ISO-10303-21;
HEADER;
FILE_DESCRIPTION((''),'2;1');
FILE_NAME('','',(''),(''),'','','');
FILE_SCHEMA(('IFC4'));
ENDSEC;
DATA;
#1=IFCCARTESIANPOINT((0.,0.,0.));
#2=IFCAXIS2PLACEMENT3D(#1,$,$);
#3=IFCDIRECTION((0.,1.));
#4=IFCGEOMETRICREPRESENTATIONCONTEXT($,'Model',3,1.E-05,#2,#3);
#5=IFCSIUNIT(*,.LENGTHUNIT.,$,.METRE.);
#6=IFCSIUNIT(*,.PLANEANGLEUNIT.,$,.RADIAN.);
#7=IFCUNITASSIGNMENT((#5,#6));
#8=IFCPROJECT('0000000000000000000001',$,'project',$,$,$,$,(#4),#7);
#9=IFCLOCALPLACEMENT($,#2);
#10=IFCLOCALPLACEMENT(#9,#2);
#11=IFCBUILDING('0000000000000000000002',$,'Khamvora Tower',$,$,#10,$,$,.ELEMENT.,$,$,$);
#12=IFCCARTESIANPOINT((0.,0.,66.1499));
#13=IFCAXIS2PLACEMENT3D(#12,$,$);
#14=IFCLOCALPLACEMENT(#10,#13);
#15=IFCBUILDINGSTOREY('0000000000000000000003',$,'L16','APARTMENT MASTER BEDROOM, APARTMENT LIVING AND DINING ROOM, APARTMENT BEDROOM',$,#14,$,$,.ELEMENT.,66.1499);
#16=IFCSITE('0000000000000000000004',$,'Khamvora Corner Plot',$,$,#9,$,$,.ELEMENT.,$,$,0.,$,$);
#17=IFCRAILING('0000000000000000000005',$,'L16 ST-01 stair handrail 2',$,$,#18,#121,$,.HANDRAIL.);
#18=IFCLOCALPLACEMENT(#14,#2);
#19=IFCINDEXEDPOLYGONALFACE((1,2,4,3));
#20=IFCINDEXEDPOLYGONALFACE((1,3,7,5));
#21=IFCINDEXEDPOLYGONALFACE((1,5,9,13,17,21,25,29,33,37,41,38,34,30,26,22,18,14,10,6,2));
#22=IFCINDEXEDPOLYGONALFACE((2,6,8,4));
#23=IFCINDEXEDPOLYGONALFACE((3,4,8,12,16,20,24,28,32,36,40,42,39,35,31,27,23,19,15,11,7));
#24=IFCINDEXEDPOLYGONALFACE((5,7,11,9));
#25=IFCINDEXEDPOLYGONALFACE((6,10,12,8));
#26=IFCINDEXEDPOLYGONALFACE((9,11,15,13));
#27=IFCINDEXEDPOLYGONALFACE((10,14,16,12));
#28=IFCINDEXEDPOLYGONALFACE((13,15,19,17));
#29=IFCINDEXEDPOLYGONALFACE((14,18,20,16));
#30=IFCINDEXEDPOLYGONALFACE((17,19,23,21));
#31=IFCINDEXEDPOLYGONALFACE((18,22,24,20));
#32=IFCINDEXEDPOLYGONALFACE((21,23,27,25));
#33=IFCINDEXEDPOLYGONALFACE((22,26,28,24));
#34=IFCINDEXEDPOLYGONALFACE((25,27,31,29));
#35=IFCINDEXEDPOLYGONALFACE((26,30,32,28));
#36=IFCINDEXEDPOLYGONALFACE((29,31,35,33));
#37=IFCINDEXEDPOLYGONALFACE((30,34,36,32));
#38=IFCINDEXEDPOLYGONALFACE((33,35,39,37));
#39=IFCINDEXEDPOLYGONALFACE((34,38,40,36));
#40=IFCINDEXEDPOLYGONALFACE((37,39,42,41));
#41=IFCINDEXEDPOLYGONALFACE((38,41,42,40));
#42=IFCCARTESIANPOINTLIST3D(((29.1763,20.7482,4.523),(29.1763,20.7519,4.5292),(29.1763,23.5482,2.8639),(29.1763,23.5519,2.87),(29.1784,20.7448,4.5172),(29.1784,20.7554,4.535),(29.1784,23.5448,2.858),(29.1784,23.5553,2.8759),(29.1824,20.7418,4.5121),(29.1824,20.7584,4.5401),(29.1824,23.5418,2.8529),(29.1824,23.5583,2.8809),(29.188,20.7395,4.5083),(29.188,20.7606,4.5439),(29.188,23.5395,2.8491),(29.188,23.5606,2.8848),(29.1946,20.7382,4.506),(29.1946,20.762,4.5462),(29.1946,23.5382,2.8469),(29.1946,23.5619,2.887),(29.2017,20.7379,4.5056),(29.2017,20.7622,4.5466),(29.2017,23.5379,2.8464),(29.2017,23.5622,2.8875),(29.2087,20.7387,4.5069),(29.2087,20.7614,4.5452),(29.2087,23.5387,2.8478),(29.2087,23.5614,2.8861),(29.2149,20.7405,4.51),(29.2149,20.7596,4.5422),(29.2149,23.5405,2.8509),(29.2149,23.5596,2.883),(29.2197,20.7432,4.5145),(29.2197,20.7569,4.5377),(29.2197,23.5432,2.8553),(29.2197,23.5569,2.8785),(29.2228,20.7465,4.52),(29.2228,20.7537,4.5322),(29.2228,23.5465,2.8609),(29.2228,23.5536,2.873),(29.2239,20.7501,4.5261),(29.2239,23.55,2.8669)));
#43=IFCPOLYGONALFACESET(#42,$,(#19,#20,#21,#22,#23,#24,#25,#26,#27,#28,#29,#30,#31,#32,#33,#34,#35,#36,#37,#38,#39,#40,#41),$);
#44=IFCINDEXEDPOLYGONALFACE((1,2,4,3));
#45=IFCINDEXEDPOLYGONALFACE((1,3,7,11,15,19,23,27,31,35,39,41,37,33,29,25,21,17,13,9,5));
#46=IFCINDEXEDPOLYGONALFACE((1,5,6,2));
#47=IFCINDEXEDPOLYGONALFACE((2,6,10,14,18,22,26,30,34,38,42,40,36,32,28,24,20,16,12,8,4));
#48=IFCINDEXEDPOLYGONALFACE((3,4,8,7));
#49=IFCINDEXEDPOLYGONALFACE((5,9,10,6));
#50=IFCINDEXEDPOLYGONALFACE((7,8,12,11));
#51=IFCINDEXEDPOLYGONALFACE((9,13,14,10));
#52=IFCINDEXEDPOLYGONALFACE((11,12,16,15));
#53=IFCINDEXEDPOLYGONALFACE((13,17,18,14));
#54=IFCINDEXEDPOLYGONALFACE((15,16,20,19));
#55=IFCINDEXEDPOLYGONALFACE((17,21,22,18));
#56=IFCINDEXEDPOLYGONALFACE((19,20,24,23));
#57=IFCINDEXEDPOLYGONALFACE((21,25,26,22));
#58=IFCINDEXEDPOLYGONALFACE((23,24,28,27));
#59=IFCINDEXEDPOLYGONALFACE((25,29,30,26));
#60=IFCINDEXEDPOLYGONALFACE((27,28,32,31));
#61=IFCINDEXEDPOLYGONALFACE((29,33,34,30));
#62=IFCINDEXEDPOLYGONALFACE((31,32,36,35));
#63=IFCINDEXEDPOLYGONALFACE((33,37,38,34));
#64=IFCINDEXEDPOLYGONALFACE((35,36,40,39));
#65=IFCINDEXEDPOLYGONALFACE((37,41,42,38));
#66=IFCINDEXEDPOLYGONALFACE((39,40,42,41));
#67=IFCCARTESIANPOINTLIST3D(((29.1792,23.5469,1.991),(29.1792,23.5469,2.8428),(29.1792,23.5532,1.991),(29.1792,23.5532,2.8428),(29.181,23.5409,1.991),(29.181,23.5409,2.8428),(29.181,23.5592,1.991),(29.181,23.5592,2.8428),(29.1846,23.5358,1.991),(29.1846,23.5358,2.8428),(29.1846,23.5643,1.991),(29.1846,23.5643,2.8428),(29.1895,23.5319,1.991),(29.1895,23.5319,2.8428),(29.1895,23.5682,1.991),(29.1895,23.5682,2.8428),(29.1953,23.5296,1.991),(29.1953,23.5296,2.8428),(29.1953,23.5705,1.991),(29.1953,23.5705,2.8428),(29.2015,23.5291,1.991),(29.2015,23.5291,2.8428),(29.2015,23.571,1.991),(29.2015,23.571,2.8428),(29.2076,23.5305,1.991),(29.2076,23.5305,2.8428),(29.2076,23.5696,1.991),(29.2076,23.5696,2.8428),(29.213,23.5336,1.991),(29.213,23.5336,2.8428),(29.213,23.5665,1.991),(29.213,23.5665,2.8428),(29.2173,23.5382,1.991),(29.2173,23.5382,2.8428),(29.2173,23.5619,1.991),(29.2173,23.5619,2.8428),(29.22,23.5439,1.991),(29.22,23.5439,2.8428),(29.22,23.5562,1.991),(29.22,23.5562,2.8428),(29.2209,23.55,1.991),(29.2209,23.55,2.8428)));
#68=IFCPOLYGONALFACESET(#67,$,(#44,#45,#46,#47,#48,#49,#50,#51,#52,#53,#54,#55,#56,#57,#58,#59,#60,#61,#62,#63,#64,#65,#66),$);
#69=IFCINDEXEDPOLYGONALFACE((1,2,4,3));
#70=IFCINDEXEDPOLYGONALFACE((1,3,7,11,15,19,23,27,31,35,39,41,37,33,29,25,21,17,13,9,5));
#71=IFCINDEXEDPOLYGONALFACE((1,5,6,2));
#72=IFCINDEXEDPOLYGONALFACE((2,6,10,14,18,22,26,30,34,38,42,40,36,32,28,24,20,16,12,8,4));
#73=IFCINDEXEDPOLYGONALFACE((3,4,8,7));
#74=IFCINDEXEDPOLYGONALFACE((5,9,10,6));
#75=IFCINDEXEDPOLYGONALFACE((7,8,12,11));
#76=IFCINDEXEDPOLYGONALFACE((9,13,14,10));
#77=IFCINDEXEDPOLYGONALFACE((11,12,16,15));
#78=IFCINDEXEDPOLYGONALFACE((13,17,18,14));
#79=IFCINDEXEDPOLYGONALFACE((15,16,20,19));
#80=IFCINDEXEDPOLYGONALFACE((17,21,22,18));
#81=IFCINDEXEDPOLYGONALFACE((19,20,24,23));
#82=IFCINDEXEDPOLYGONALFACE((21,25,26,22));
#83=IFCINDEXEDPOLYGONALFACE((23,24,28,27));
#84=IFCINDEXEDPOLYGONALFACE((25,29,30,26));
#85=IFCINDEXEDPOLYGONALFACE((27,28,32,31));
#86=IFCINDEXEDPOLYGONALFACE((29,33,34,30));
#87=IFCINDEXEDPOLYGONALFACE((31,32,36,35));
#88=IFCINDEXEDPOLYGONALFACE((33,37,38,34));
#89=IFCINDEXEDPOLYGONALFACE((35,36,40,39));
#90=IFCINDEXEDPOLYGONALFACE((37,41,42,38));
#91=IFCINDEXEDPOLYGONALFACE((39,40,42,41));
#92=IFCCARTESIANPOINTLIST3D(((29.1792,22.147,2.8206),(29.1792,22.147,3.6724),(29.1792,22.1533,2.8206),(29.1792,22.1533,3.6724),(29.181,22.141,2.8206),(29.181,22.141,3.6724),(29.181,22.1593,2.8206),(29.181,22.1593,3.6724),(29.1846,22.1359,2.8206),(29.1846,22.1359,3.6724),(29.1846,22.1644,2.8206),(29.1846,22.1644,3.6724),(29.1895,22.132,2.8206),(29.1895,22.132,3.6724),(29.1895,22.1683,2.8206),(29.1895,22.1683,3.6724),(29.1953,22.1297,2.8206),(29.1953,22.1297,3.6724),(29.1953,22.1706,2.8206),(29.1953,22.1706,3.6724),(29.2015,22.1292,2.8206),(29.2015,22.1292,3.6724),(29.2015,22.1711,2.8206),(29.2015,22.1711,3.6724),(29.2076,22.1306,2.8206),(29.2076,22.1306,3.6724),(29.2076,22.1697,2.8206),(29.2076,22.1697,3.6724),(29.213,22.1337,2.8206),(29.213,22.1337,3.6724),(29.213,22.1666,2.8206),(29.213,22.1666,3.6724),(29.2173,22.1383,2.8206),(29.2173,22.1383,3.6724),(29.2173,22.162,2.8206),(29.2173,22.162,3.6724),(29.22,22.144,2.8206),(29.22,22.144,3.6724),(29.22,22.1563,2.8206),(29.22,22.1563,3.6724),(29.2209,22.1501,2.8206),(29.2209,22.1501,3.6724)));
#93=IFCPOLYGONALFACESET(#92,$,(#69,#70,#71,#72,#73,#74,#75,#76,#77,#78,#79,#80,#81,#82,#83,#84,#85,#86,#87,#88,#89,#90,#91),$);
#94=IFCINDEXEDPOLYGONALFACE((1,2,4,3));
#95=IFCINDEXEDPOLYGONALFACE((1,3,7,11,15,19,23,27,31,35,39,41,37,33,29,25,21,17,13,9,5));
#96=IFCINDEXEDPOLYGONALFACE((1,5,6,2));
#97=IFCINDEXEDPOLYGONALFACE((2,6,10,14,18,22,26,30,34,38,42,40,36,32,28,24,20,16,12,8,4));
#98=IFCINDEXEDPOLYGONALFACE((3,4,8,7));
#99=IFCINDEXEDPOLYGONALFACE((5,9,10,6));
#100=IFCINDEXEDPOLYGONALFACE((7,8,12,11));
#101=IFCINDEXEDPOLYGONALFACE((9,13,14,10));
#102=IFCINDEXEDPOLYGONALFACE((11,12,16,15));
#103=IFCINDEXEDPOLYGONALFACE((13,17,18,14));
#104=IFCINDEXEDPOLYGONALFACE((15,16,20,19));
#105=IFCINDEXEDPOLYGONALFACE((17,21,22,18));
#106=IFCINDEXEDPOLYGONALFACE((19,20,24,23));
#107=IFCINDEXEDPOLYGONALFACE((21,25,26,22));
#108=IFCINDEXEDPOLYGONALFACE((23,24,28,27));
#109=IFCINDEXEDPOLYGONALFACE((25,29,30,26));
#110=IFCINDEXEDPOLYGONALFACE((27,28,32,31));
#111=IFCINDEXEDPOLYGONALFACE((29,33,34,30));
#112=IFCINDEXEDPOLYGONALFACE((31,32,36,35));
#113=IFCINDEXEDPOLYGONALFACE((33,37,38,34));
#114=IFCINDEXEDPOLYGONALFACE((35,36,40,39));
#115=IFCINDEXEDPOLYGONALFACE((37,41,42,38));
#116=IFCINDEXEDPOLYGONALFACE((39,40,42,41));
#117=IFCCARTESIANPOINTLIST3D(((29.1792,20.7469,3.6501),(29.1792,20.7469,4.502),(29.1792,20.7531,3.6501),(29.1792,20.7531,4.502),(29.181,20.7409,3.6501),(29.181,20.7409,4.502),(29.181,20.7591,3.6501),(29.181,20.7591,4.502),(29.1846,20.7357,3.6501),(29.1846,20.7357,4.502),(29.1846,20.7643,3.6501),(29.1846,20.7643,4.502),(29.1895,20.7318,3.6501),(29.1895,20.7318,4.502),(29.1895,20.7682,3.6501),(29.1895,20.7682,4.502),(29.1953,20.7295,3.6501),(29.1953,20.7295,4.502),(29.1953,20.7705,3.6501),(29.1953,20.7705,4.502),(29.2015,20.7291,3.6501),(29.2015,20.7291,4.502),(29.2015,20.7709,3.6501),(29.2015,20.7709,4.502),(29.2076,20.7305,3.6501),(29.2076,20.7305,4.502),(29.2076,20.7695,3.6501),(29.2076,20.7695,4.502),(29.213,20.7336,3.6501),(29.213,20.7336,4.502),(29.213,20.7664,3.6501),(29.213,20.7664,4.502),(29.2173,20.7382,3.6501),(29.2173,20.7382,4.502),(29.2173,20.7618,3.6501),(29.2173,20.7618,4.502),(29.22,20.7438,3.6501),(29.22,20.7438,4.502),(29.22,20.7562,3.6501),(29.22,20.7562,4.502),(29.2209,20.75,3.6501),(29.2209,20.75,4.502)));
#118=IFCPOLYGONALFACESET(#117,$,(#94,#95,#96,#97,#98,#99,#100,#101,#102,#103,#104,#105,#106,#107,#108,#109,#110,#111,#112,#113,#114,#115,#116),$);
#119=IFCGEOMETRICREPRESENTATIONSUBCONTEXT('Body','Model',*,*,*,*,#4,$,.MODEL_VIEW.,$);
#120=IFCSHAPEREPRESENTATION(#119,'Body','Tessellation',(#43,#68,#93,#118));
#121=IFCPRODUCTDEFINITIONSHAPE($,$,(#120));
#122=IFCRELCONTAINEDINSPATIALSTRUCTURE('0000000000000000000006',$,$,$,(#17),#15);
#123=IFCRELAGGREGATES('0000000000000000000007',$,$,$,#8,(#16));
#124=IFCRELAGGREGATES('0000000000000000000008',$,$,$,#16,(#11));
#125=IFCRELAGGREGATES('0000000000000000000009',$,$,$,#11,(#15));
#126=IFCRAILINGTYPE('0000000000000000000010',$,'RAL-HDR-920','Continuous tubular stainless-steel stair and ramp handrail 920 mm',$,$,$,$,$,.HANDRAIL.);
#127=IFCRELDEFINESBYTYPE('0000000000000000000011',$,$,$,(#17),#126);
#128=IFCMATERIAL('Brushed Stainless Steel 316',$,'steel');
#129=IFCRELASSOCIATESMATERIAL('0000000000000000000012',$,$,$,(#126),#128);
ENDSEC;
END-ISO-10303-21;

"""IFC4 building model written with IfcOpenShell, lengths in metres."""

from ifc_helpers import new_model, si_unit, direction, frame, origin, origin_2d, place, context, subcontext, project, spatial, circle, extrude, material, type_object, element, save


model = new_model("IFC4")

# Units and contexts
model_context = context("Model", 3, precision=1e-05, world=origin(), true_north=direction((0.0, 1.0)))
body_context = subcontext(model_context, "Body", "Model", "MODEL_VIEW")
ifc_project = project(units=[si_unit("LENGTHUNIT", "METRE"), si_unit("PLANEANGLEUNIT", "RADIAN")], contexts=[model_context])

# Site, building, storey
site_placement = place(None, origin())
site = spatial("IfcSite", under=ifc_project, at=site_placement, Name="Khamvora Corner Plot", CompositionType="ELEMENT", RefElevation=0.0)
building_placement = place(site_placement, origin())
building = spatial("IfcBuilding", under=site, at=building_placement, Name="Khamvora Tower", CompositionType="ELEMENT")
storey_placement = place(building_placement, frame((0.0, 0.0, 66.1499)))
storey = spatial("IfcBuildingStorey", under=building, at=storey_placement, Name="L16", Description="APARTMENT MASTER BEDROOM, APARTMENT LIVING AND DINING ROOM, APARTMENT BEDROOM", CompositionType="ELEMENT", Elevation=66.1499)

# Railing
ifc_material_1 = material(Name="Brushed Stainless Steel 316", Category="steel")
railing_type = type_object("IfcRailingType", Name="RAL-HDR-920", Description="Continuous tubular stainless-steel stair and ramp handrail 920 mm", PredefinedType="HANDRAIL", material=ifc_material_1)
railing_placement = place(storey_placement, frame((29.2, 23.55, 1.991)))
element("IfcRailing", 1, at=railing_placement, inside=storey, type_object=railing_type, Name="L16 ST-01 stair handrail 2", PredefinedType="HANDRAIL", context=body_context, shape_type="SweptSolid", body=[
    extrude(circle(Radius=0.0239, at=origin_2d()), frame((0.0, 0.0, 0.876), z_axis=(0.0, -0.860306, 0.509778), x_axis=(1.0, 0.0, 0.0)), (0.0, 0.0, 1.0), 3.2546),
    extrude(circle(Radius=0.021, at=origin_2d()), origin(), (0.0, 0.0, 1.0), 0.8518),
    extrude(circle(Radius=0.021, at=origin_2d()), frame((0.0, -1.3999, 0.8296)), (0.0, 0.0, 1.0), 0.8518),
    extrude(circle(Radius=0.021, at=origin_2d()), frame((0.0, -2.8, 1.6592)), (0.0, 0.0, 1.0), 0.8518),
])

save(model, "model.ifc")
